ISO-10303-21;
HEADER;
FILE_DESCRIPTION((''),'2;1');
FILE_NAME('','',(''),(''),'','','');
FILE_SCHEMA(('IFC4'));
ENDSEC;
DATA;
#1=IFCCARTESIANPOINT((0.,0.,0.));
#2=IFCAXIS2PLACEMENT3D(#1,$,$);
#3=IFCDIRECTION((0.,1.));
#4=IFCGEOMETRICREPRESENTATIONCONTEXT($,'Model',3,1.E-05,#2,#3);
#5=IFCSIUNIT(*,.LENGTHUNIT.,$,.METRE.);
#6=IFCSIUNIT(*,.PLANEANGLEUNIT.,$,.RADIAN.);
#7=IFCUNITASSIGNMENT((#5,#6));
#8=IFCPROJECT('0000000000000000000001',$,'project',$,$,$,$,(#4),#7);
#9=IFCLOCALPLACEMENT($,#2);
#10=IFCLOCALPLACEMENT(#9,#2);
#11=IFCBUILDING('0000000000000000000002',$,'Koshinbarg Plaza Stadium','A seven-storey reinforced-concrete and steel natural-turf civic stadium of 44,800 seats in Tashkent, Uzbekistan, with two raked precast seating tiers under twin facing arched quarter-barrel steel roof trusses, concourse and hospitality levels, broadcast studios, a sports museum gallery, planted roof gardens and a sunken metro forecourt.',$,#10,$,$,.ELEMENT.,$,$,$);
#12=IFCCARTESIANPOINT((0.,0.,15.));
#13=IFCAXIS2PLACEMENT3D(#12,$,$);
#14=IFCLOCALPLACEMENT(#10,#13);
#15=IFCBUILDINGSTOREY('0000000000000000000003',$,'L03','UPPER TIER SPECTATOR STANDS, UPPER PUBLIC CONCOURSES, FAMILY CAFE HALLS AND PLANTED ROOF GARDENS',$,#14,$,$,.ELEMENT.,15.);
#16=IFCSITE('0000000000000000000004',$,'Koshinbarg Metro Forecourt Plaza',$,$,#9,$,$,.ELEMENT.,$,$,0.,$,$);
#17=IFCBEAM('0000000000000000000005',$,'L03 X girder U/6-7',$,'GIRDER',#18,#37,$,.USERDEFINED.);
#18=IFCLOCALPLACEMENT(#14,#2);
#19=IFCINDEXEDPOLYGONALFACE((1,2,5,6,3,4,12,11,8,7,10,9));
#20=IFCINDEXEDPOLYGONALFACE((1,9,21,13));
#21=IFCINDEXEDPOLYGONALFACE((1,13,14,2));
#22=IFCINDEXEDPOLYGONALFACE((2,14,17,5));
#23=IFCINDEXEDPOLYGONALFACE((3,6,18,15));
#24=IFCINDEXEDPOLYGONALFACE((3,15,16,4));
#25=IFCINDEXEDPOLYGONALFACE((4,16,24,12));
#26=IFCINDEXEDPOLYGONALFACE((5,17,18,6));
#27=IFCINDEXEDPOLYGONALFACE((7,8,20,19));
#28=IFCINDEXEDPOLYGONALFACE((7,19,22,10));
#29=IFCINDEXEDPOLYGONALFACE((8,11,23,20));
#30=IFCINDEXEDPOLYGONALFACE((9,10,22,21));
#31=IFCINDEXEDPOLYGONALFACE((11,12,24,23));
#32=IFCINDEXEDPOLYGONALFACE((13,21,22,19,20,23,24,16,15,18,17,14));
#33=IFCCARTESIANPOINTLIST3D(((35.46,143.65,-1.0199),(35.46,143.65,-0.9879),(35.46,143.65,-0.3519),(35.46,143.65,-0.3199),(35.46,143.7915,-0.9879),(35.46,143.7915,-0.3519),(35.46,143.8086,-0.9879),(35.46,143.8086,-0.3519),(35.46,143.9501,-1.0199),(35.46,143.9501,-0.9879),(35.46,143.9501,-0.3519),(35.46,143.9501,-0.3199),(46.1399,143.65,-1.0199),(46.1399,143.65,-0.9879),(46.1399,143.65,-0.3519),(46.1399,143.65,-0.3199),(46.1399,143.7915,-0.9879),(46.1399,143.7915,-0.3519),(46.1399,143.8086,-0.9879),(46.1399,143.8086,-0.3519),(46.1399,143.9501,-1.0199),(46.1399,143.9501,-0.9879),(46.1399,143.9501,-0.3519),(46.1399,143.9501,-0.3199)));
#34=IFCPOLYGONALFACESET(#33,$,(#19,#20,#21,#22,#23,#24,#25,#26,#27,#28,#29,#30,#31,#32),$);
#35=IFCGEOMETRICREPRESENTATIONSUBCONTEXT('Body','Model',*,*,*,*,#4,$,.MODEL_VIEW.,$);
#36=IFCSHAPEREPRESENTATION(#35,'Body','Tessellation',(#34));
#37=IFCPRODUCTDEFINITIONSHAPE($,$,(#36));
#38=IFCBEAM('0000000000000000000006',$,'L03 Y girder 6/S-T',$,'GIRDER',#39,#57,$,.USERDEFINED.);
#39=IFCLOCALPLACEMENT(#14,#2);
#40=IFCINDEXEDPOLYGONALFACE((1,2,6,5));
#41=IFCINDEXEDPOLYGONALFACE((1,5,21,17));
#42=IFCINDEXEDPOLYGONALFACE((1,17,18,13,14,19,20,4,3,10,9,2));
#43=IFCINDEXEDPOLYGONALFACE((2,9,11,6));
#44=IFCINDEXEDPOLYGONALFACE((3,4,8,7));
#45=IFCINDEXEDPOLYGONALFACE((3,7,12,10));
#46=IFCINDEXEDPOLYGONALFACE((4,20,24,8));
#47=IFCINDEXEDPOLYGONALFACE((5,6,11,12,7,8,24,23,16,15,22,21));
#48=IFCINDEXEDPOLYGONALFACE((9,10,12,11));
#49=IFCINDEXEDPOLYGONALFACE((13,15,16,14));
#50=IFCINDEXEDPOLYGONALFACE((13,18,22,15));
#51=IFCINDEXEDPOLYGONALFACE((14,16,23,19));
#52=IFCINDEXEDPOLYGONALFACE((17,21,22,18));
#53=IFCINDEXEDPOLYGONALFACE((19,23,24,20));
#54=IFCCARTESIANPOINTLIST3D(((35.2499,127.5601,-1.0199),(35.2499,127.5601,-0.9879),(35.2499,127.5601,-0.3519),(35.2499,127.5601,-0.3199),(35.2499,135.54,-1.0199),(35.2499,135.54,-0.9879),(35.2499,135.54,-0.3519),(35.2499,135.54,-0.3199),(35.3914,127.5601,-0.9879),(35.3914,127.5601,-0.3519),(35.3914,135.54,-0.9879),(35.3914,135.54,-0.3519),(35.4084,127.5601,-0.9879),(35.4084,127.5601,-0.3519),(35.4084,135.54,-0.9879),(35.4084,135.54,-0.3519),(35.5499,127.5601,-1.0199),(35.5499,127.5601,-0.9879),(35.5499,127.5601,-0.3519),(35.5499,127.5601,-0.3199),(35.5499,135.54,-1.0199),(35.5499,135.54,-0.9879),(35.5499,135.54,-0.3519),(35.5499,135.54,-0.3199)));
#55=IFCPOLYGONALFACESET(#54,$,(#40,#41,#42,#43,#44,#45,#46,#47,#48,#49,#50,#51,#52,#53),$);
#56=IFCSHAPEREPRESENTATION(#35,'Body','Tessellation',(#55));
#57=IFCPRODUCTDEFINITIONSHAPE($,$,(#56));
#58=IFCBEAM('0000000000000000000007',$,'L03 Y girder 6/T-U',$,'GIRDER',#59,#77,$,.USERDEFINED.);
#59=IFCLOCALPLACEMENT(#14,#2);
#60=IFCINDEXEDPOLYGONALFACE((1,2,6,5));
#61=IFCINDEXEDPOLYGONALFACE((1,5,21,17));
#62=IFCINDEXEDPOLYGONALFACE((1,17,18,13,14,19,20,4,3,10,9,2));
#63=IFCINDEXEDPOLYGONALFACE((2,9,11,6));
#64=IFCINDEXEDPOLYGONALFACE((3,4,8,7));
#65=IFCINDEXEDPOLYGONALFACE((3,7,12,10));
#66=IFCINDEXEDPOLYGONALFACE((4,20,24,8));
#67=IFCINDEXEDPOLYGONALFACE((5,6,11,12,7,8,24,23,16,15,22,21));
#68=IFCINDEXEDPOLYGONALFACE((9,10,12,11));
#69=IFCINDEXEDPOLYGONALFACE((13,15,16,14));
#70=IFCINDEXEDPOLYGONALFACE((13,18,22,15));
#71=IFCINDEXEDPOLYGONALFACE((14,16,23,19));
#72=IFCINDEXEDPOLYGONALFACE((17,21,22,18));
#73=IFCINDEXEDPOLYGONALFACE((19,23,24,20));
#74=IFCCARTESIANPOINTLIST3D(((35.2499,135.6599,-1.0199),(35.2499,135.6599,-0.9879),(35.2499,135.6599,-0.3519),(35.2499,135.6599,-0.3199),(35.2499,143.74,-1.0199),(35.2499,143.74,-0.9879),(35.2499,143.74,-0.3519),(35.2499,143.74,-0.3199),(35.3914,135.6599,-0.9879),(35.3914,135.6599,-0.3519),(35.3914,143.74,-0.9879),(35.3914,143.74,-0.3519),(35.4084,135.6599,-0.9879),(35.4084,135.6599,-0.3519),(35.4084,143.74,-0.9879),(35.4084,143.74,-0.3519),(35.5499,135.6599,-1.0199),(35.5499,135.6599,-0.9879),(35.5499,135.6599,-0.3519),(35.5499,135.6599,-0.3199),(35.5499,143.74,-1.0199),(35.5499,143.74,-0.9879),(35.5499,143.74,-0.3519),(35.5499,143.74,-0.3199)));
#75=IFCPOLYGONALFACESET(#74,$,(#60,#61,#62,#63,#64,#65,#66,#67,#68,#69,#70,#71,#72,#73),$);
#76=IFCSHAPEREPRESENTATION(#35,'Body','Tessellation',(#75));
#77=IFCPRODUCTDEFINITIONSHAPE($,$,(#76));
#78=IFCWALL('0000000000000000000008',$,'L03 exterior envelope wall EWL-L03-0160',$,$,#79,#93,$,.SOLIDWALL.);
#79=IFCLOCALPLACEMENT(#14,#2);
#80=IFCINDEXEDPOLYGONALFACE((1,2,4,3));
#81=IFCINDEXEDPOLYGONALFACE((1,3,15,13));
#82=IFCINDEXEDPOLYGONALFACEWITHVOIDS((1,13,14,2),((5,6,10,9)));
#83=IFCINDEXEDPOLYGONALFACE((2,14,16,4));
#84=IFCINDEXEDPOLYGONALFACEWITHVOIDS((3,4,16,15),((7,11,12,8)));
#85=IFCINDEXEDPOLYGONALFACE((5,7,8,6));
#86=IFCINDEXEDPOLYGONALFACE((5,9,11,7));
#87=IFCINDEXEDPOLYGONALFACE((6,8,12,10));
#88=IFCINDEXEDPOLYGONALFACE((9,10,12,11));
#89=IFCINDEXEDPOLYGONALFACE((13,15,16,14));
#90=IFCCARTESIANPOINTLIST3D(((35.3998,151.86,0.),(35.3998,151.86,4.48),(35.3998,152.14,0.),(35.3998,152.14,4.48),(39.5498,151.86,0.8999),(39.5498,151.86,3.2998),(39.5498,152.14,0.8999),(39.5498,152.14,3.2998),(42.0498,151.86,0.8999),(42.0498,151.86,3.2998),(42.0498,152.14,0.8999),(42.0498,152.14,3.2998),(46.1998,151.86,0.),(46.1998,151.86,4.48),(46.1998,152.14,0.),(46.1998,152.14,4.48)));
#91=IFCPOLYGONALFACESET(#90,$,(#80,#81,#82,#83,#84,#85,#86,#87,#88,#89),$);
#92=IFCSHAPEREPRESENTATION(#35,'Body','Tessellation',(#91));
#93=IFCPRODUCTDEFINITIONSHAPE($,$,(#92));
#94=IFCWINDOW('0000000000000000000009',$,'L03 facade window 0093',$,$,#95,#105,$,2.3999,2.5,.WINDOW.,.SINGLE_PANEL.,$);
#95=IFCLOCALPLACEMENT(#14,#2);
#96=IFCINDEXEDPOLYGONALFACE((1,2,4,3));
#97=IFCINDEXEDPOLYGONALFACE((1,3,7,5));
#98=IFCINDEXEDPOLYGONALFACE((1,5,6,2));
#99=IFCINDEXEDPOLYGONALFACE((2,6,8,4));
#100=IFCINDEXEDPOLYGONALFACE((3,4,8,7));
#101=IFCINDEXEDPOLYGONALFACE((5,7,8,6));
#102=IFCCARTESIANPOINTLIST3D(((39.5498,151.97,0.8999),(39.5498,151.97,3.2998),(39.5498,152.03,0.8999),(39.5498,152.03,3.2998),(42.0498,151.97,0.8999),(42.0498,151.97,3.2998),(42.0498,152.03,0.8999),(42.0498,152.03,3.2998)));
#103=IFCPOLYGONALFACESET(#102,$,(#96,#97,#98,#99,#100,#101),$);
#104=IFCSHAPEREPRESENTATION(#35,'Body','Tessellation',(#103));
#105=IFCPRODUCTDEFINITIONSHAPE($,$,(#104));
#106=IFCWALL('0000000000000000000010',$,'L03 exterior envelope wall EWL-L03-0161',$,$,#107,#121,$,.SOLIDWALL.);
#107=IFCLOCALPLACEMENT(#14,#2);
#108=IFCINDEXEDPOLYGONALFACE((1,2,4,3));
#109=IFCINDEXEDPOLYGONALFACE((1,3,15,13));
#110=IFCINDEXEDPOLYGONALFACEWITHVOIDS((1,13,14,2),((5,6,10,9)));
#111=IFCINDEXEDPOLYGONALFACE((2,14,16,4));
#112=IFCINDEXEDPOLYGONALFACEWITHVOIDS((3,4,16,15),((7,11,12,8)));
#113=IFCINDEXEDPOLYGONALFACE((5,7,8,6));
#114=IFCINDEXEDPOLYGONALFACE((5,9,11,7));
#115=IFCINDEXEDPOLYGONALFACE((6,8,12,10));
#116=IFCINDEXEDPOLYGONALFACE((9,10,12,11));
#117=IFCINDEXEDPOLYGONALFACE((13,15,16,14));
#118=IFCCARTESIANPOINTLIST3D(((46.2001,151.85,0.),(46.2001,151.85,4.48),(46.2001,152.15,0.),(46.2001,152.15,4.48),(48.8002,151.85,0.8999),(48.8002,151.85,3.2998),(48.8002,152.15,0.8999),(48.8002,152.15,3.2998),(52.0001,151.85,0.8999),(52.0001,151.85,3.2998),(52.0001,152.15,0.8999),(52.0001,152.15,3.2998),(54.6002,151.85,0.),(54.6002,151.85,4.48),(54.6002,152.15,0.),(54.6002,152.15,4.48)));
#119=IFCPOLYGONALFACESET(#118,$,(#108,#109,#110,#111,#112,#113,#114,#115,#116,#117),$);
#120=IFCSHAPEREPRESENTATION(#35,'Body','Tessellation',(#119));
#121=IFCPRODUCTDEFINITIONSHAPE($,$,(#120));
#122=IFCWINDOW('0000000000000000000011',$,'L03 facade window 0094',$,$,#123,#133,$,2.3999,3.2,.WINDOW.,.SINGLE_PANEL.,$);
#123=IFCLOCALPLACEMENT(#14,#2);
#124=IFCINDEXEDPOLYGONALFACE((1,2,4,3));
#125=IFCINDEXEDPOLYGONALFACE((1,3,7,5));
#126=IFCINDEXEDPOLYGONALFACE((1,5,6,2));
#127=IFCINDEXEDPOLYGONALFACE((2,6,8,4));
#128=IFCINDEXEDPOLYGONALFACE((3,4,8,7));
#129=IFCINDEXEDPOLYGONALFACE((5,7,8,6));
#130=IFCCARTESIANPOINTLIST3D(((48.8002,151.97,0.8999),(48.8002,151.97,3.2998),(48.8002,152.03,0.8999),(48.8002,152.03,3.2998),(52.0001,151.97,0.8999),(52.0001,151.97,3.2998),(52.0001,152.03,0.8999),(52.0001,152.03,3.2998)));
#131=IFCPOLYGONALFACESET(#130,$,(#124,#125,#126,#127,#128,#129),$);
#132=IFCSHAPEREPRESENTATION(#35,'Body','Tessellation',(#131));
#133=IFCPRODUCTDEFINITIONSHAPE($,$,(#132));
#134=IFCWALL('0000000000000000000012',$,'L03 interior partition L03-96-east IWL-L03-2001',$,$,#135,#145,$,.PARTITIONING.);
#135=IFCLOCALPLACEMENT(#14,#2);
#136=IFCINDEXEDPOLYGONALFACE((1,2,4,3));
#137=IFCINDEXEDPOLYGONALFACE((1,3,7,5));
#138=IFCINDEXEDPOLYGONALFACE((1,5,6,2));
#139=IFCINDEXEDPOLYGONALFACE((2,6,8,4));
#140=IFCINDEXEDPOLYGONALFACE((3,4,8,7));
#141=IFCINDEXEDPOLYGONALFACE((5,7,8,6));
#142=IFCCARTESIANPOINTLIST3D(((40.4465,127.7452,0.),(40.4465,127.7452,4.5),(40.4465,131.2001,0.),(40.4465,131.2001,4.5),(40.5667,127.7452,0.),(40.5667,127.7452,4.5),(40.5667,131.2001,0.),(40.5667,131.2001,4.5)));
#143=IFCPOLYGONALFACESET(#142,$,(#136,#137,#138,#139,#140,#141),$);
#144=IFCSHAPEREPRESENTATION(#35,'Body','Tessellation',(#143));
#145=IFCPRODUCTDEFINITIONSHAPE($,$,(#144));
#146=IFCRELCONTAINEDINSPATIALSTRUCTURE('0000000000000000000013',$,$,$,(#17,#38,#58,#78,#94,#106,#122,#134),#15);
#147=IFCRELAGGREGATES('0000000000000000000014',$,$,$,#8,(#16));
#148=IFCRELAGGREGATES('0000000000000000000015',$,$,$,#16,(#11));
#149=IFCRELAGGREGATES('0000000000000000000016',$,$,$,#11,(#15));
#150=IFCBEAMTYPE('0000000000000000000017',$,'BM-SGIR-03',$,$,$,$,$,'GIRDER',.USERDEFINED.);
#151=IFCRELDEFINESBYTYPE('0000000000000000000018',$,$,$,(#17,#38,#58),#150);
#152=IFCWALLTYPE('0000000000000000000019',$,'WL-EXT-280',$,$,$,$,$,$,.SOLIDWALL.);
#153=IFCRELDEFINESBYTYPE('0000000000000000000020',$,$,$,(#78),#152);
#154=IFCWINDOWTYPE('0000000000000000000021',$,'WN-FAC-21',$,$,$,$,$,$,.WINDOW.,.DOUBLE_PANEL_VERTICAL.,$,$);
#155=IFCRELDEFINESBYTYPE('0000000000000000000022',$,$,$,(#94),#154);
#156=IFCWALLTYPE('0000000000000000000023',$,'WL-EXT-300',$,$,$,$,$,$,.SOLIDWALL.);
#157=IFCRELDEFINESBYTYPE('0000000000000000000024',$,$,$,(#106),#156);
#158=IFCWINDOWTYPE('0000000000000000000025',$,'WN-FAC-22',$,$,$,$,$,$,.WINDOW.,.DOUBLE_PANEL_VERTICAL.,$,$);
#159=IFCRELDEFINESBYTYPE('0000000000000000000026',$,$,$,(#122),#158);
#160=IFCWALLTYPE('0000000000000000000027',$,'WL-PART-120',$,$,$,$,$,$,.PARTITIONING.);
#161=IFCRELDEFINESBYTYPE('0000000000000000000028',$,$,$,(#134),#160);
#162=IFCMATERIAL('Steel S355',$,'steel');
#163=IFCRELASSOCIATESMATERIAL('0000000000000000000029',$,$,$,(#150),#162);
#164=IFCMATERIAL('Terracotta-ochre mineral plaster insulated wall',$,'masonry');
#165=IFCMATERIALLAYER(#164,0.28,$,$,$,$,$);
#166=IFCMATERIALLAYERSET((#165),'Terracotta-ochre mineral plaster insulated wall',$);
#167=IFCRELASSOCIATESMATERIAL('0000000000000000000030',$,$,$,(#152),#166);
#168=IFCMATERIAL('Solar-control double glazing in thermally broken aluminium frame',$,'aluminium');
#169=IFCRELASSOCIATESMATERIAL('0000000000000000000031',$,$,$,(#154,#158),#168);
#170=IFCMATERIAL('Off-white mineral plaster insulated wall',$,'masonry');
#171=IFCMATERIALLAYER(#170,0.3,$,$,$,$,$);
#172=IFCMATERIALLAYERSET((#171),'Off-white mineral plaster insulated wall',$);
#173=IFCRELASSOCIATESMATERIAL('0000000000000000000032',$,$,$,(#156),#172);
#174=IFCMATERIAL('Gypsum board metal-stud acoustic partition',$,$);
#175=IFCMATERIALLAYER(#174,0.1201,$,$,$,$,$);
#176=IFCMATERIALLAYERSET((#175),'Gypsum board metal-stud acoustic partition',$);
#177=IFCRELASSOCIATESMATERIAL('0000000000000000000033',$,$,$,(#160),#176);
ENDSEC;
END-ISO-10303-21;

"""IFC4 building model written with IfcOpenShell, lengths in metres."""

from ifc_helpers import new_model, si_unit, direction, frame, frame_2d, origin, origin_2d, place, context, subcontext, project, spatial, rectangle, i_section, extrude, material, layer, layer_set, material_profile, profile_set, type_object, element, fill, save


model = new_model("IFC4")

# Units and contexts
model_context = context("Model", 3, precision=1e-05, world=origin(), true_north=direction((0.0, 1.0)))
body_context = subcontext(model_context, "Body", "Model", "MODEL_VIEW")
ifc_project = project(units=[si_unit("LENGTHUNIT", "METRE"), si_unit("PLANEANGLEUNIT", "RADIAN")], contexts=[model_context])

# Site, building, storey
site_placement = place(None, origin())
site = spatial("IfcSite", under=ifc_project, at=site_placement, Name="Koshinbarg Metro Forecourt Plaza", CompositionType="ELEMENT", RefElevation=0.0)
building_placement = place(site_placement, origin())
building = spatial("IfcBuilding", under=site, at=building_placement, Name="Koshinbarg Plaza Stadium", Description="A seven-storey reinforced-concrete and steel natural-turf civic stadium of 44,800 seats in Tashkent, Uzbekistan, with two raked precast seating tiers under twin facing arched quarter-barrel steel roof trusses, concourse and hospitality levels, broadcast studios, a sports museum gallery, planted roof gardens and a sunken metro forecourt.", CompositionType="ELEMENT")
storey_placement = place(building_placement, frame((0.0, 0.0, 15.0)))
storey = spatial("IfcBuildingStorey", under=building, at=storey_placement, Name="L03", Description="UPPER TIER SPECTATOR STANDS, UPPER PUBLIC CONCOURSES, FAMILY CAFE HALLS AND PLANTED ROOF GARDENS", CompositionType="ELEMENT", Elevation=15.0)

# Shared definitions
ifc_material_1 = material(Name="Steel S355", Category="steel")

# Beams
ifc_material_profile_1 = material_profile(ifc_material_1, i_section(OverallWidth=0.3, OverallDepth=0.7, WebThickness=0.0171, FlangeThickness=0.032, at=origin_2d()), Name="HEB 700")
ifc_profile_set_1 = profile_set([ifc_material_profile_1], Name="Steel S355")
beam_type_1 = type_object("IfcBeamType", Name="BM-SGIR-03", ElementType="GIRDER", PredefinedType="USERDEFINED", material=ifc_profile_set_1)
for number, where, z_axis, x_axis, name in (
    (1, (35.46, 143.8, -0.6699), (1.0, 0.0, 0.0), (0.0, 1.0, 0.0), "L03 X girder U/6-7"),
):
    element("IfcBeam", number, at=place(storey_placement, frame(where, z_axis=z_axis, x_axis=x_axis)), inside=storey, type_object=beam_type_1, Name=name, ObjectType="GIRDER", PredefinedType="USERDEFINED", context=body_context, shape_type="SweptSolid", body=[
        extrude(i_section(OverallWidth=0.3, OverallDepth=0.7, WebThickness=0.0171, FlangeThickness=0.032, at=origin_2d()), origin(), (0.0, 0.0, 1.0), 10.6799),
    ])
beam_1_placement = place(storey_placement, frame((35.3999, 127.5601, -0.6699), z_axis=(0.0, 1.0, 0.0), x_axis=(-1.0, 0.0, 0.0)))
element("IfcBeam", 2, at=beam_1_placement, inside=storey, type_object=beam_type_1, Name="L03 Y girder 6/S-T", ObjectType="GIRDER", PredefinedType="USERDEFINED", context=body_context, shape_type="SweptSolid", body=[
    extrude(i_section(OverallWidth=0.3, OverallDepth=0.7, WebThickness=0.0171, FlangeThickness=0.032, at=origin_2d()), origin(), (0.0, 0.0, 1.0), 7.98),
])
beam_2_placement = place(storey_placement, frame((35.3999, 135.6599, -0.6699), z_axis=(0.0, 1.0, 0.0), x_axis=(-1.0, 0.0, 0.0)))
element("IfcBeam", 3, at=beam_2_placement, inside=storey, type_object=beam_type_1, Name="L03 Y girder 6/T-U", ObjectType="GIRDER", PredefinedType="USERDEFINED", context=body_context, shape_type="SweptSolid", body=[
    extrude(i_section(OverallWidth=0.3, OverallDepth=0.7, WebThickness=0.0171, FlangeThickness=0.032, at=origin_2d()), origin(), (0.0, 0.0, 1.0), 8.0801),
])

# Walls, openings, windows
ifc_material_2 = material(Name="Terracotta-ochre mineral plaster insulated wall", Category="masonry")
ifc_layer_1 = layer(ifc_material_2, 0.28)
ifc_layer_set_1 = layer_set([ifc_layer_1], Name="Terracotta-ochre mineral plaster insulated wall")
wall_type_1 = type_object("IfcWallType", Name="WL-EXT-280", PredefinedType="SOLIDWALL", material=ifc_layer_set_1)
wall_1_placement = place(storey_placement, frame((35.3999, 152.0, 0.0), z_axis=(0.0, 0.0, 1.0), x_axis=(1.0, 0.0, 0.0)))
wall_1 = element("IfcWall", 4, at=wall_1_placement, inside=storey, type_object=wall_type_1, Name="L03 exterior envelope wall EWL-L03-0160", PredefinedType="SOLIDWALL", context=body_context, shape_type="SweptSolid", body=[
    extrude(rectangle(XDim=10.8, YDim=0.28, at=frame_2d((5.3999, 0.0))), origin(), (0.0, 0.0, 1.0), 4.48),
])
opening_1_placement = place(wall_1_placement, frame((4.1499, 0.0, 0.8999)))
opening_1 = element("IfcOpeningElement", 5, at=opening_1_placement, cuts=wall_1, PredefinedType="OPENING", context=body_context, shape_type="SweptSolid", body=[
    extrude(rectangle(XDim=2.5, YDim=2.3999, at=frame_2d((1.25, 1.2))), frame((0.0, 0.1499, 0.0), z_axis=(0.0, -1.0, 0.0), x_axis=(1.0, 0.0, 0.0)), (0.0, 0.0, 1.0), 0.3),
])
ifc_material_3 = material(Name="Solar-control double glazing in thermally broken aluminium frame", Category="aluminium")
window_type_1 = type_object("IfcWindowType", Name="WN-FAC-21", PartitioningType="DOUBLE_PANEL_VERTICAL", PredefinedType="WINDOW", material=ifc_material_3)
window_1_placement = place(opening_1_placement, origin())
window_1 = element("IfcWindow", 6, at=window_1_placement, inside=storey, type_object=window_type_1, Name="L03 facade window 0093", OverallHeight=2.3999, OverallWidth=2.5, PartitioningType="SINGLE_PANEL", PredefinedType="WINDOW", context=body_context, shape_type="SweptSolid", body=[
    extrude(rectangle(XDim=2.5, YDim=2.3999, at=frame_2d((1.25, 1.2))), frame((0.0, 0.03, 0.0), z_axis=(0.0, -1.0, 0.0), x_axis=(1.0, 0.0, 0.0)), (0.0, 0.0, 1.0), 0.0601),
])
fill(opening_1, window_1)
ifc_material_4 = material(Name="Off-white mineral plaster insulated wall", Category="masonry")
ifc_layer_2 = layer(ifc_material_4, 0.3)
ifc_layer_set_2 = layer_set([ifc_layer_2], Name="Off-white mineral plaster insulated wall")
wall_type_2 = type_object("IfcWallType", Name="WL-EXT-300", PredefinedType="SOLIDWALL", material=ifc_layer_set_2)
wall_2_placement = place(storey_placement, frame((46.2, 152.0, 0.0), z_axis=(0.0, 0.0, 1.0), x_axis=(1.0, 0.0, 0.0)))
wall_2 = element("IfcWall", 7, at=wall_2_placement, inside=storey, type_object=wall_type_2, Name="L03 exterior envelope wall EWL-L03-0161", PredefinedType="SOLIDWALL", context=body_context, shape_type="SweptSolid", body=[
    extrude(rectangle(XDim=8.4001, YDim=0.3, at=frame_2d((4.2002, 0.0))), origin(), (0.0, 0.0, 1.0), 4.48),
])
opening_2_placement = place(wall_2_placement, frame((2.6001, 0.0, 0.8999)))
opening_2 = element("IfcOpeningElement", 8, at=opening_2_placement, cuts=wall_2, PredefinedType="OPENING", context=body_context, shape_type="SweptSolid", body=[
    extrude(rectangle(XDim=3.2, YDim=2.3999, at=frame_2d((1.6001, 1.2))), frame((0.0, 0.1599, 0.0), z_axis=(0.0, -1.0, 0.0), x_axis=(1.0, 0.0, 0.0)), (0.0, 0.0, 1.0), 0.3201),
])
window_type_2 = type_object("IfcWindowType", Name="WN-FAC-22", PartitioningType="DOUBLE_PANEL_VERTICAL", PredefinedType="WINDOW", material=ifc_material_3)
window_2_placement = place(opening_2_placement, origin())
window_2 = element("IfcWindow", 9, at=window_2_placement, inside=storey, type_object=window_type_2, Name="L03 facade window 0094", OverallHeight=2.3999, OverallWidth=3.2, PartitioningType="SINGLE_PANEL", PredefinedType="WINDOW", context=body_context, shape_type="SweptSolid", body=[
    extrude(rectangle(XDim=3.2, YDim=2.3999, at=frame_2d((1.6001, 1.2))), frame((0.0, 0.03, 0.0), z_axis=(0.0, -1.0, 0.0), x_axis=(1.0, 0.0, 0.0)), (0.0, 0.0, 1.0), 0.0601),
])
fill(opening_2, window_2)

# Wall
ifc_material_5 = material(Name="Gypsum board metal-stud acoustic partition")
ifc_layer_3 = layer(ifc_material_5, 0.1201)
ifc_layer_set_3 = layer_set([ifc_layer_3], Name="Gypsum board metal-stud acoustic partition")
wall_type_3 = type_object("IfcWallType", Name="WL-PART-120", PredefinedType="PARTITIONING", material=ifc_layer_set_3)
wall_3_placement = place(storey_placement, frame((40.5066, 127.7451, 0.0), z_axis=(0.0, 0.0, 1.0), x_axis=(0.0, 1.0, 0.0)))
element("IfcWall", 10, at=wall_3_placement, inside=storey, type_object=wall_type_3, Name="L03 interior partition L03-96-east IWL-L03-2001", PredefinedType="PARTITIONING", context=body_context, shape_type="SweptSolid", body=[
    extrude(rectangle(XDim=3.4548, YDim=0.1201, at=frame_2d((1.7275, 0.0))), origin(), (0.0, 0.0, 1.0), 4.5),
])

save(model, "model.ifc")
